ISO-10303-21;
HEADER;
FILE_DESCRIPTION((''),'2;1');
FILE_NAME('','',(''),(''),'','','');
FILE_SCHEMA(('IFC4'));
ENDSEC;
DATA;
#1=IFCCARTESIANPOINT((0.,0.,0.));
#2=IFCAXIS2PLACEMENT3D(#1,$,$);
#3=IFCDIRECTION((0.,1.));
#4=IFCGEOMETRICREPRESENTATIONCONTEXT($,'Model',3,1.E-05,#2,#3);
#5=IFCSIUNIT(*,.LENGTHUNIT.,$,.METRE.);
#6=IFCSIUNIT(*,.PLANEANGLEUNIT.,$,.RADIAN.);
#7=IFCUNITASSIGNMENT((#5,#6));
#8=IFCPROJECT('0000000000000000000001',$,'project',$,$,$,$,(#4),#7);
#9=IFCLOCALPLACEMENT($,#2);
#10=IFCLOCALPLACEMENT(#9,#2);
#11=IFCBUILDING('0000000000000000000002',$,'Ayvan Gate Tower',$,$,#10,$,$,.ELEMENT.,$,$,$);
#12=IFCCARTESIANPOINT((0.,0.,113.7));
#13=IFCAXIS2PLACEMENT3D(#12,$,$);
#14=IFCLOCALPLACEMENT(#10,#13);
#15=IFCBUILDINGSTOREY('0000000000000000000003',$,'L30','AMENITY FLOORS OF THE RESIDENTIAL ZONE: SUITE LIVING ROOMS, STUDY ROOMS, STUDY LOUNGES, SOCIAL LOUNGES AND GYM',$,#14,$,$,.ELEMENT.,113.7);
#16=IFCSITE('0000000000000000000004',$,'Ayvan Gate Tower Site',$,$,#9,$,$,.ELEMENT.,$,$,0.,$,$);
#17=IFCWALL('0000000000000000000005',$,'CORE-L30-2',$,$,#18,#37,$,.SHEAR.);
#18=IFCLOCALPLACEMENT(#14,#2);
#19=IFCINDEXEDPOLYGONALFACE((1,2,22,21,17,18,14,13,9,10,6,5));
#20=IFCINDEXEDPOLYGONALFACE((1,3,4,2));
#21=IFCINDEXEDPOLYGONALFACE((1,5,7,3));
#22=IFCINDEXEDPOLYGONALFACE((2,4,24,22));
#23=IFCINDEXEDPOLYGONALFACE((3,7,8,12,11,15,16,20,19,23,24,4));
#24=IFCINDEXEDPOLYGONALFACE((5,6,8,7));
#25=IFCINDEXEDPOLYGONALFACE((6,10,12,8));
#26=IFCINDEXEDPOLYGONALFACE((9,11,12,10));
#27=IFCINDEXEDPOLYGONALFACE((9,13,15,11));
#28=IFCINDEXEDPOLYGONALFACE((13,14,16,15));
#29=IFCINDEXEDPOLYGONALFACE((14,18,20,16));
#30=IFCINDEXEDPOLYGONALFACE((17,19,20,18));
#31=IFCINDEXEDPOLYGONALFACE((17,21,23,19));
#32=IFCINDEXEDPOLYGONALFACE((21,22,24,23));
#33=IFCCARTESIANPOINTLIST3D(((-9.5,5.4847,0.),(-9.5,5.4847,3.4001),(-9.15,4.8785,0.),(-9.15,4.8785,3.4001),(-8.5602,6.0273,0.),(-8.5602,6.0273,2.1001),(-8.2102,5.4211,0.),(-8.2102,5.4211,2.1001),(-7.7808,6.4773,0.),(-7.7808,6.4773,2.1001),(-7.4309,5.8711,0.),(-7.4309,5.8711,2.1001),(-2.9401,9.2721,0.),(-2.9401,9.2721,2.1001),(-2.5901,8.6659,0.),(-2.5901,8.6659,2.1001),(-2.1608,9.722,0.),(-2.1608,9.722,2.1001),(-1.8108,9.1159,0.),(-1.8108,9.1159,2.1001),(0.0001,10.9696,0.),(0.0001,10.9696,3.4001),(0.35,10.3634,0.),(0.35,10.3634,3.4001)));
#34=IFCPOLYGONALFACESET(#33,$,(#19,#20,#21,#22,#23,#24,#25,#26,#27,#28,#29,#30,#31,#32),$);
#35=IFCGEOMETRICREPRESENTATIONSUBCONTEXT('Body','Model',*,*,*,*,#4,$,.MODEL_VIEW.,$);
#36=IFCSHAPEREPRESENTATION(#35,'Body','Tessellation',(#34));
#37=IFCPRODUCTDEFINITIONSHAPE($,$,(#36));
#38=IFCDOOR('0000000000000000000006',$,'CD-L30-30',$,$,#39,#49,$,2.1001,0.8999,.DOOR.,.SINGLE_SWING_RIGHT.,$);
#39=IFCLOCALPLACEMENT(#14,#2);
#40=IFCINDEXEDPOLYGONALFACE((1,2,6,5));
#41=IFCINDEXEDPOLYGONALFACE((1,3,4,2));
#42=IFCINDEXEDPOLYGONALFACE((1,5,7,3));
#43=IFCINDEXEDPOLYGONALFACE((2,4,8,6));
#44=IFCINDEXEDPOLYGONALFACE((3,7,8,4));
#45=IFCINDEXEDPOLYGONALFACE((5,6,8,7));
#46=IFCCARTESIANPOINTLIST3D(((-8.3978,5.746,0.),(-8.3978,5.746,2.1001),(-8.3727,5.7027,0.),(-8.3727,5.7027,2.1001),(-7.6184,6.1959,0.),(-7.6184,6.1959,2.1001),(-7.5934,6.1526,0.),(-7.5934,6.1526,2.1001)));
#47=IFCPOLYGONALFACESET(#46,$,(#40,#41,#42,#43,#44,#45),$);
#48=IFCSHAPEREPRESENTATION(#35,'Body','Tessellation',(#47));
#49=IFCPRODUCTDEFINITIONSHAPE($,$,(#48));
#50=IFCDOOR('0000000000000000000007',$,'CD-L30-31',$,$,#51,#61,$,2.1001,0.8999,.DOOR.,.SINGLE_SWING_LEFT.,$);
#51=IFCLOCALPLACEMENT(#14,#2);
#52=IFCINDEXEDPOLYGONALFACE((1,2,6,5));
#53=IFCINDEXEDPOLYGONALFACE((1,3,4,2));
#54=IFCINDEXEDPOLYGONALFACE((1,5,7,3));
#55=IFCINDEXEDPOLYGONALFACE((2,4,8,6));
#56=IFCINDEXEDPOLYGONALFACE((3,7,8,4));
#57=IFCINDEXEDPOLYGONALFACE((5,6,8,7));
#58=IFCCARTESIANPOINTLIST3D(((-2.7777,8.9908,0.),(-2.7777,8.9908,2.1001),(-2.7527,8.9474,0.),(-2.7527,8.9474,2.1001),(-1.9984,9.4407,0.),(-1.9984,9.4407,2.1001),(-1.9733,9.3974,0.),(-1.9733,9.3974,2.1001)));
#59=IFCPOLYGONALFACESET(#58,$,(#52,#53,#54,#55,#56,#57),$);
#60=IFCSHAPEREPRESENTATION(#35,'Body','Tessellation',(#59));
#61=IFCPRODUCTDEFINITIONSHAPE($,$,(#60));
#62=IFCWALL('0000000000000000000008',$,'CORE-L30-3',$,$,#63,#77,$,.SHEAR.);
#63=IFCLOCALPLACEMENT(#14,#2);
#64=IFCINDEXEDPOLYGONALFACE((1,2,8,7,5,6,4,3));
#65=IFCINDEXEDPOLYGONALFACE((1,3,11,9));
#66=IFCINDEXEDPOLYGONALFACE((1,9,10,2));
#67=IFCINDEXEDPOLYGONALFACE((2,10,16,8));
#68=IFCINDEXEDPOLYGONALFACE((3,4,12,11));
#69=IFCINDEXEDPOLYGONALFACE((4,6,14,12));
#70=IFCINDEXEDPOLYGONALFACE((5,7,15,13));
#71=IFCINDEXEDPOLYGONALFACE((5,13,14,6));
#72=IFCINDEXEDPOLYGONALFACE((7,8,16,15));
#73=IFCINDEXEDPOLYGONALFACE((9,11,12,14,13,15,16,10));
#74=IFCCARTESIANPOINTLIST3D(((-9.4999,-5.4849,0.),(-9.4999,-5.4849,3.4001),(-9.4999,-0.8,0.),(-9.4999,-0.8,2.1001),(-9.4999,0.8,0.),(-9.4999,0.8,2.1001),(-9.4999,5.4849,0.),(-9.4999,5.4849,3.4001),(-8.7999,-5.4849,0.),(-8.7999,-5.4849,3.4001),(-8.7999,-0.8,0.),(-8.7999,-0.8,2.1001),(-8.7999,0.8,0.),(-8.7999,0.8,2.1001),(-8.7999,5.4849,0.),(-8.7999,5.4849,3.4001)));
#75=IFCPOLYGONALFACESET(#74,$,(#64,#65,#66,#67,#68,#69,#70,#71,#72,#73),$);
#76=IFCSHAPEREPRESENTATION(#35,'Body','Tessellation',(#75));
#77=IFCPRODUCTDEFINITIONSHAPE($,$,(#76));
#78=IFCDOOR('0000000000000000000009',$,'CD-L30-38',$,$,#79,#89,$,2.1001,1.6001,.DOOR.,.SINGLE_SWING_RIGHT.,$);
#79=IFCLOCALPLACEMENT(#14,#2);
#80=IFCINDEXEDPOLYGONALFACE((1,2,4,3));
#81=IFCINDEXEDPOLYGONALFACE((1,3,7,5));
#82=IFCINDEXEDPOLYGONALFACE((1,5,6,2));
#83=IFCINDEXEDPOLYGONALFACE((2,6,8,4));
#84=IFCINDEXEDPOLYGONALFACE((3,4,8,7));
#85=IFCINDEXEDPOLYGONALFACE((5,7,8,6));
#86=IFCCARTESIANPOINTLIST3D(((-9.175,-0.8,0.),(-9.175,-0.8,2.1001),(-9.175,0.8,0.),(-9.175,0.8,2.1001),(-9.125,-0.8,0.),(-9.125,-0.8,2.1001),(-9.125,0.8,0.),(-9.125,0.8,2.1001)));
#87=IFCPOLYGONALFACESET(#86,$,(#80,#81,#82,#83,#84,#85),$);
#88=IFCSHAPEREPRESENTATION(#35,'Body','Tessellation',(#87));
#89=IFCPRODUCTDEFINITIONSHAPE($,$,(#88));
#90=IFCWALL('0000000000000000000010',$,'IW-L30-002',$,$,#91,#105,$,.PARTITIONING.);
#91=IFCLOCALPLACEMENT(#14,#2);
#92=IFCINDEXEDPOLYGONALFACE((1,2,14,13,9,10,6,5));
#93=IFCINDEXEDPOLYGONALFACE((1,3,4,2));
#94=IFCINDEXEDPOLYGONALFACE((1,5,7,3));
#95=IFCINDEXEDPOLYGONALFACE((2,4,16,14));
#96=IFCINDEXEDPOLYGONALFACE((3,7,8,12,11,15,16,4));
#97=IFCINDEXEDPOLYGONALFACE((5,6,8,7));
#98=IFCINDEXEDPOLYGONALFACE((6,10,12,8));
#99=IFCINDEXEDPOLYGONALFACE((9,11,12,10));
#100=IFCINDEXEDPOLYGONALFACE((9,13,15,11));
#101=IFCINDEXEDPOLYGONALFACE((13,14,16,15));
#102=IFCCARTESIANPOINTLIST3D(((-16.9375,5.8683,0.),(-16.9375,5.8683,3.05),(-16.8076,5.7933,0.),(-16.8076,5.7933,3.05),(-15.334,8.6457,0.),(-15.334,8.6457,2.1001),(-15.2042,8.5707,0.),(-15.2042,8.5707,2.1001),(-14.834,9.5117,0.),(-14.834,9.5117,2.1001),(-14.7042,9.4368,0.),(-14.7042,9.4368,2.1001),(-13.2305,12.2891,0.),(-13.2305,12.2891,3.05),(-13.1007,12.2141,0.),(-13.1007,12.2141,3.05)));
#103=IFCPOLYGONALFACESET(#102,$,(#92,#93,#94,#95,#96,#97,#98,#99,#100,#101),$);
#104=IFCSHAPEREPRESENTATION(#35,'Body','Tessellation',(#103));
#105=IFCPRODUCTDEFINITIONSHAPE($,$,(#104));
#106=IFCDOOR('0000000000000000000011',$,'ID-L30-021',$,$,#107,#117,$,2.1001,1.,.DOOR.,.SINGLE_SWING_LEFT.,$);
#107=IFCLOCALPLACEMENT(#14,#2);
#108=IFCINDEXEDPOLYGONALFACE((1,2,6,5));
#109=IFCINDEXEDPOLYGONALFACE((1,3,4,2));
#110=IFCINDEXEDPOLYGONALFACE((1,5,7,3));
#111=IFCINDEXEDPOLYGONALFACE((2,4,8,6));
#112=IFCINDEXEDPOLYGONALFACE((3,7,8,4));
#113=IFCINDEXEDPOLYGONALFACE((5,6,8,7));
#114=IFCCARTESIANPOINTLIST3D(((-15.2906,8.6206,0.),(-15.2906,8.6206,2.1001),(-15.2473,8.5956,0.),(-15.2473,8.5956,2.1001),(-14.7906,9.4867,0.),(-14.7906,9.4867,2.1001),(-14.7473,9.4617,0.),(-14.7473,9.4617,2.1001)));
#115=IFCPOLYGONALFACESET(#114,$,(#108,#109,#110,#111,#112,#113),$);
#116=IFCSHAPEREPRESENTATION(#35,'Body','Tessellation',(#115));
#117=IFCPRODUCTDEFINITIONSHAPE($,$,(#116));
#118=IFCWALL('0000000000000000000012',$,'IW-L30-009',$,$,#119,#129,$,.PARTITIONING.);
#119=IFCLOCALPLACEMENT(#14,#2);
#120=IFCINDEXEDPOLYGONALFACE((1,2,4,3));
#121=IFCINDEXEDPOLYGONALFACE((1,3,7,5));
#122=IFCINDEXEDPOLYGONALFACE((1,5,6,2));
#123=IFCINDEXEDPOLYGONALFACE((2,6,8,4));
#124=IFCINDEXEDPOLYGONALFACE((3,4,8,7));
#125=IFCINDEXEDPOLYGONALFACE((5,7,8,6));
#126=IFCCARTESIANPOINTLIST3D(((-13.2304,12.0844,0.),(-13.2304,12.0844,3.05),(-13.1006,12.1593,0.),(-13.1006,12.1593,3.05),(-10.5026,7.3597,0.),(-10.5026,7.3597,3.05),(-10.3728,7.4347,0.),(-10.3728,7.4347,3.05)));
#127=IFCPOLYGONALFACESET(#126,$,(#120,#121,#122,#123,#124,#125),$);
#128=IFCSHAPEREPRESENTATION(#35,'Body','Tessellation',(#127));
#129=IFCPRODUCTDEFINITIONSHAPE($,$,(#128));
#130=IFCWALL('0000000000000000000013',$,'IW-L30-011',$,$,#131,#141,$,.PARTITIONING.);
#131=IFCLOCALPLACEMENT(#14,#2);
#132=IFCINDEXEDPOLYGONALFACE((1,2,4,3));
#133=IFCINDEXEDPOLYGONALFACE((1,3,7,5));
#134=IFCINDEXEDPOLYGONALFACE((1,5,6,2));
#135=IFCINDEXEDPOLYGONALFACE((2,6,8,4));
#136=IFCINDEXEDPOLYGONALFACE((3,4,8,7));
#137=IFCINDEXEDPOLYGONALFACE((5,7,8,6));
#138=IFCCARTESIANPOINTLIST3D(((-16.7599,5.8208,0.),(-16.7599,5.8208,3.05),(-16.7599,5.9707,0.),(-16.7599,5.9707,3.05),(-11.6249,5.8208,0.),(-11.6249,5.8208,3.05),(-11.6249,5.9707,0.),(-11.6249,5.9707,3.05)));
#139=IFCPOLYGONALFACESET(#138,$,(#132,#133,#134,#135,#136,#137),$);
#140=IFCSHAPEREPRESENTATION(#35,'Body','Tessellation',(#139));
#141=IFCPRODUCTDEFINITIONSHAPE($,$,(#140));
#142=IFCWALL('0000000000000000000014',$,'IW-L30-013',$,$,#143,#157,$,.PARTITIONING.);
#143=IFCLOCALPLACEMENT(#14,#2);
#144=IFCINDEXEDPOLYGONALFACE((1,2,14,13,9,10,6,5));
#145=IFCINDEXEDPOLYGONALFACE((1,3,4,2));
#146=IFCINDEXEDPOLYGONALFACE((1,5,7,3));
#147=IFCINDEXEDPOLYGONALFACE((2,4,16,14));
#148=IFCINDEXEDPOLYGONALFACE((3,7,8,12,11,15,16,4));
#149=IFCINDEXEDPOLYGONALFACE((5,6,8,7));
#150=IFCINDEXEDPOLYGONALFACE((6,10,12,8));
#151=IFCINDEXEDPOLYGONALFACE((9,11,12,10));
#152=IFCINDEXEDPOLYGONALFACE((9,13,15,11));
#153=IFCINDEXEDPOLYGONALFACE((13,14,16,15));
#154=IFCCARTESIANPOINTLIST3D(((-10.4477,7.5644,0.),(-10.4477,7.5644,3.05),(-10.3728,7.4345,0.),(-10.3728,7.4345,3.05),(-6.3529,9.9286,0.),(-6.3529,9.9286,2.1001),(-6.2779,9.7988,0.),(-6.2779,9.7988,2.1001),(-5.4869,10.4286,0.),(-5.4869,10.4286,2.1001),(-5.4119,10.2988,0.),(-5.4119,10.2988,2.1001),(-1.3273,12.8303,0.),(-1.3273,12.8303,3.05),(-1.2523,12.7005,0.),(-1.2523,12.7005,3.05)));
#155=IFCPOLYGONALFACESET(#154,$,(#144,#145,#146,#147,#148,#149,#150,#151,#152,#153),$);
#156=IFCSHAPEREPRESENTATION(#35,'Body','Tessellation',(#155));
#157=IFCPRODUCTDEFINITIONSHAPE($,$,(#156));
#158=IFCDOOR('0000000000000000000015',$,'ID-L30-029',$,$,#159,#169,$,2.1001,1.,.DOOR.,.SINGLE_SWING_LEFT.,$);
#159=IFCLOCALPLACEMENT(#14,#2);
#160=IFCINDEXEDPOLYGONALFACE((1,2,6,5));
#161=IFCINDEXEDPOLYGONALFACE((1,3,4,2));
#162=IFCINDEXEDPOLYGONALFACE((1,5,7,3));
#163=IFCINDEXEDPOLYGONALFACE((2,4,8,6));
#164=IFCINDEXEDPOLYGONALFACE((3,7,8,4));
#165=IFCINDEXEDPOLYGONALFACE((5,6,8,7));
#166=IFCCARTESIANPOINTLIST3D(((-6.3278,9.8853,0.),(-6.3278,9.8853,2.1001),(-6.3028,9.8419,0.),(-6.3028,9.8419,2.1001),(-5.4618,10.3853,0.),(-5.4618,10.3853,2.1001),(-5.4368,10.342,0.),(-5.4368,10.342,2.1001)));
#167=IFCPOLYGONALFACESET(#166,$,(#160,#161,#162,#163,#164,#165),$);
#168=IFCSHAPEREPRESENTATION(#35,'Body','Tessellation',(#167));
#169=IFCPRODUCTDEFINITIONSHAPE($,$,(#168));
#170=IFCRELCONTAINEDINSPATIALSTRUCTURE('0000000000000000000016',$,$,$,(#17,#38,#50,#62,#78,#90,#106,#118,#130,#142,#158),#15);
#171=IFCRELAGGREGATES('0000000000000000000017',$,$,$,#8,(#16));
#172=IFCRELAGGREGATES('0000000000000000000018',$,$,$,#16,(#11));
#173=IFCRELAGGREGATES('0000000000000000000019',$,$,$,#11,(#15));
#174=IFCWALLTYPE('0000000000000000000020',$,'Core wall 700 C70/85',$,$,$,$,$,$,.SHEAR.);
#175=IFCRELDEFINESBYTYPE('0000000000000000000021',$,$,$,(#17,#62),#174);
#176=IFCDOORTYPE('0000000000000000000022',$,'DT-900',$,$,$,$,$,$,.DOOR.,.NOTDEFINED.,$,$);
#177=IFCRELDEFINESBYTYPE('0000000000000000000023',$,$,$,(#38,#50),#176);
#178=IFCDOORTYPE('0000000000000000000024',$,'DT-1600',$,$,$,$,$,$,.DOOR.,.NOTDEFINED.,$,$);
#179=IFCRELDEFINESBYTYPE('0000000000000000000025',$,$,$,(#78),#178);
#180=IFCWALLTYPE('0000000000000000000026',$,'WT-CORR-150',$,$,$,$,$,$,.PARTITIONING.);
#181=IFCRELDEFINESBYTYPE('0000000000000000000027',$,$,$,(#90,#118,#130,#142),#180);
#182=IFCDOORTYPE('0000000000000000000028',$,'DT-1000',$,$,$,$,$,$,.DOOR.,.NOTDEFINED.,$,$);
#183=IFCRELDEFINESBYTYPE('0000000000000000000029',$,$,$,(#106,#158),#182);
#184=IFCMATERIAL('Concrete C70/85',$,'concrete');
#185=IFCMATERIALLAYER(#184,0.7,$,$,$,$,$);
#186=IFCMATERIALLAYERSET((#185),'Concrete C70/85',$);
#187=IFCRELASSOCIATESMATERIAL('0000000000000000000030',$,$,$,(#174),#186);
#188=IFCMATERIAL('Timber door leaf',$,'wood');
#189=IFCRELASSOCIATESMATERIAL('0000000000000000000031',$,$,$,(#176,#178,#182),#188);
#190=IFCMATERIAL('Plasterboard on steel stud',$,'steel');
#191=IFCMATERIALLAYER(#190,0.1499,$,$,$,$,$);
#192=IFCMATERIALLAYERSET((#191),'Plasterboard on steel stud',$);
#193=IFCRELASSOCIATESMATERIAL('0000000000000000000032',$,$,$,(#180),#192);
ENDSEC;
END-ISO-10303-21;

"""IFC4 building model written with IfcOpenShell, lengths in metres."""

from ifc_helpers import new_model, si_unit, direction, frame, frame_2d, origin, place, context, subcontext, project, spatial, rectangle, extrude, material, layer, layer_set, type_object, element, fill, save


model = new_model("IFC4")

# Units and contexts
model_context = context("Model", 3, precision=1e-05, world=origin(), true_north=direction((0.0, 1.0)))
body_context = subcontext(model_context, "Body", "Model", "MODEL_VIEW")
ifc_project = project(units=[si_unit("LENGTHUNIT", "METRE"), si_unit("PLANEANGLEUNIT", "RADIAN")], contexts=[model_context])

# Site, building, storey
site_placement = place(None, origin())
site = spatial("IfcSite", under=ifc_project, at=site_placement, Name="Ayvan Gate Tower Site", CompositionType="ELEMENT", RefElevation=0.0)
building_placement = place(site_placement, origin())
building = spatial("IfcBuilding", under=site, at=building_placement, Name="Ayvan Gate Tower", CompositionType="ELEMENT")
storey_placement = place(building_placement, frame((0.0, 0.0, 113.7)))
storey = spatial("IfcBuildingStorey", under=building, at=storey_placement, Name="L30", Description="AMENITY FLOORS OF THE RESIDENTIAL ZONE: SUITE LIVING ROOMS, STUDY ROOMS, STUDY LOUNGES, SOCIAL LOUNGES AND GYM", CompositionType="ELEMENT", Elevation=113.7)

# Wall, openings, doors
ifc_material_1 = material(Name="Concrete C70/85", Category="concrete")
ifc_layer_1 = layer(ifc_material_1, 0.7)
ifc_layer_set_1 = layer_set([ifc_layer_1], Name="Concrete C70/85")
wall_type_1 = type_object("IfcWallType", Name="Core wall 700 C70/85", PredefinedType="SHEAR", material=ifc_layer_set_1)
wall_1_placement = place(storey_placement, frame((0.175, 10.6665, 0.0), z_axis=(0.0, 0.0, 1.0), x_axis=(-0.866024, -0.500002, 0.0)))
wall_1 = element("IfcWall", 1, at=wall_1_placement, inside=storey, type_object=wall_type_1, Name="CORE-L30-2", PredefinedType="SHEAR", context=body_context, shape_type="SweptSolid", body=[
    extrude(rectangle(XDim=10.9697, YDim=0.7, at=frame_2d((5.4849, 0.0))), origin(), (0.0, 0.0, 1.0), 3.4001),
])
opening_1_placement = place(wall_1_placement, frame((8.9846, 0.0, 0.0)))
opening_1 = element("IfcOpeningElement", 2, at=opening_1_placement, cuts=wall_1, PredefinedType="OPENING", context=body_context, shape_type="SweptSolid", body=[
    extrude(rectangle(XDim=0.8999, YDim=2.1001, at=frame_2d((0.45, 1.05))), frame((0.0, 0.3599, 0.0), z_axis=(0.0, -1.0, 0.0), x_axis=(1.0, 0.0, 0.0)), (0.0, 0.0, 1.0), 0.72),
])
opening_2_placement = place(wall_1_placement, frame((2.4951, 0.0, 0.0)))
opening_2 = element("IfcOpeningElement", 3, at=opening_2_placement, cuts=wall_1, PredefinedType="OPENING", context=body_context, shape_type="SweptSolid", body=[
    extrude(rectangle(XDim=0.8999, YDim=2.1001, at=frame_2d((0.45, 1.05))), frame((0.0, 0.3599, 0.0), z_axis=(0.0, -1.0, 0.0), x_axis=(1.0, 0.0, 0.0)), (0.0, 0.0, 1.0), 0.72),
])
ifc_material_2 = material(Name="Timber door leaf", Category="wood")
door_type_1 = type_object("IfcDoorType", Name="DT-900", OperationType="NOTDEFINED", PredefinedType="DOOR", material=ifc_material_2)
door_1_placement = place(opening_1_placement, origin())
door_1 = element("IfcDoor", 4, at=door_1_placement, inside=storey, type_object=door_type_1, Name="CD-L30-30", OperationType="SINGLE_SWING_RIGHT", OverallHeight=2.1001, OverallWidth=0.8999, PredefinedType="DOOR", context=body_context, shape_type="SweptSolid", body=[
    extrude(rectangle(XDim=0.8999, YDim=2.1001, at=frame_2d((0.45, 1.05))), frame((0.0, 0.0249, 0.0), z_axis=(0.0, -1.0, 0.0), x_axis=(1.0, 0.0, 0.0)), (0.0, 0.0, 1.0), 0.05),
])
fill(opening_1, door_1)
door_2_placement = place(opening_2_placement, origin())
door_2 = element("IfcDoor", 5, at=door_2_placement, inside=storey, type_object=door_type_1, Name="CD-L30-31", OperationType="SINGLE_SWING_LEFT", OverallHeight=2.1001, OverallWidth=0.8999, PredefinedType="DOOR", context=body_context, shape_type="SweptSolid", body=[
    extrude(rectangle(XDim=0.8999, YDim=2.1001, at=frame_2d((0.45, 1.05))), frame((0.0, 0.0249, 0.0), z_axis=(0.0, -1.0, 0.0), x_axis=(1.0, 0.0, 0.0)), (0.0, 0.0, 1.0), 0.05),
])
fill(opening_2, door_2)

# Walls, openings, doors
wall_2_placement = place(storey_placement, frame((-9.1499, 5.4849, 0.0), z_axis=(0.0, 0.0, 1.0), x_axis=(0.0, -1.0, 0.0)))
wall_2 = element("IfcWall", 6, at=wall_2_placement, inside=storey, type_object=wall_type_1, Name="CORE-L30-3", PredefinedType="SHEAR", context=body_context, shape_type="SweptSolid", body=[
    extrude(rectangle(XDim=10.9697, YDim=0.7, at=frame_2d((5.4849, 0.0))), origin(), (0.0, 0.0, 1.0), 3.4001),
])
opening_3_placement = place(wall_2_placement, frame((4.6848, 0.0, 0.0)))
opening_3 = element("IfcOpeningElement", 7, at=opening_3_placement, cuts=wall_2, PredefinedType="OPENING", context=body_context, shape_type="SweptSolid", body=[
    extrude(rectangle(XDim=1.6001, YDim=2.1001, at=frame_2d((0.8, 1.05))), frame((0.0, 0.3599, 0.0), z_axis=(0.0, -1.0, 0.0), x_axis=(1.0, 0.0, 0.0)), (0.0, 0.0, 1.0), 0.72),
])
door_type_2 = type_object("IfcDoorType", Name="DT-1600", OperationType="NOTDEFINED", PredefinedType="DOOR", material=ifc_material_2)
door_3_placement = place(opening_3_placement, origin())
door_3 = element("IfcDoor", 8, at=door_3_placement, inside=storey, type_object=door_type_2, Name="CD-L30-38", OperationType="SINGLE_SWING_RIGHT", OverallHeight=2.1001, OverallWidth=1.6001, PredefinedType="DOOR", context=body_context, shape_type="SweptSolid", body=[
    extrude(rectangle(XDim=1.6001, YDim=2.1001, at=frame_2d((0.8, 1.05))), frame((0.0, 0.0249, 0.0), z_axis=(0.0, -1.0, 0.0), x_axis=(1.0, 0.0, 0.0)), (0.0, 0.0, 1.0), 0.05),
])
fill(opening_3, door_3)
ifc_material_3 = material(Name="Plasterboard on steel stud", Category="steel")
ifc_layer_2 = layer(ifc_material_3, 0.1499)
ifc_layer_set_2 = layer_set([ifc_layer_2], Name="Plasterboard on steel stud")
wall_type_2 = type_object("IfcWallType", Name="WT-CORR-150", PredefinedType="PARTITIONING", material=ifc_layer_set_2)
wall_3_placement = place(storey_placement, frame((-16.8726, 5.8308, 0.0), z_axis=(0.0, 0.0, 1.0), x_axis=(0.499992, 0.86603, 0.0)))
wall_3 = element("IfcWall", 9, at=wall_3_placement, inside=storey, type_object=wall_type_2, Name="IW-L30-002", PredefinedType="PARTITIONING", context=body_context, shape_type="SweptSolid", body=[
    extrude(rectangle(XDim=7.4141, YDim=0.1499, at=frame_2d((3.707, 0.0))), origin(), (0.0, 0.0, 1.0), 3.05),
])
opening_4_placement = place(wall_3_placement, frame((3.207, 0.0, 0.0)))
opening_4 = element("IfcOpeningElement", 10, at=opening_4_placement, cuts=wall_3, PredefinedType="OPENING", context=body_context, shape_type="SweptSolid", body=[
    extrude(rectangle(XDim=1.0, YDim=2.1001, at=frame_2d((0.5, 1.05))), frame((0.0, 0.085, 0.0), z_axis=(0.0, -1.0, 0.0), x_axis=(1.0, 0.0, 0.0)), (0.0, 0.0, 1.0), 0.1699),
])
door_type_3 = type_object("IfcDoorType", Name="DT-1000", OperationType="NOTDEFINED", PredefinedType="DOOR", material=ifc_material_2)
door_4_placement = place(opening_4_placement, origin())
door_4 = element("IfcDoor", 11, at=door_4_placement, inside=storey, type_object=door_type_3, Name="ID-L30-021", OperationType="SINGLE_SWING_LEFT", OverallHeight=2.1001, OverallWidth=1.0, PredefinedType="DOOR", context=body_context, shape_type="SweptSolid", body=[
    extrude(rectangle(XDim=1.0, YDim=2.1001, at=frame_2d((0.5, 1.05))), frame((0.0, 0.0249, 0.0), z_axis=(0.0, -1.0, 0.0), x_axis=(1.0, 0.0, 0.0)), (0.0, 0.0, 1.0), 0.05),
])
fill(opening_4, door_4)

# Walls
wall_4_placement = place(storey_placement, frame((-13.1655, 12.1218, 0.0), z_axis=(0.0, 0.0, 1.0), x_axis=(0.500004, -0.866023, 0.0)))
element("IfcWall", 12, at=wall_4_placement, inside=storey, type_object=wall_type_2, Name="IW-L30-009", PredefinedType="PARTITIONING", context=body_context, shape_type="SweptSolid", body=[
    extrude(rectangle(XDim=5.4556, YDim=0.1499, at=frame_2d((2.7278, 0.0))), origin(), (0.0, 0.0, 1.0), 3.05),
])
wall_5_placement = place(storey_placement, frame((-11.625, 5.8958, 0.0), z_axis=(0.0, 0.0, 1.0), x_axis=(-1.0, 0.0, 0.0)))
element("IfcWall", 13, at=wall_5_placement, inside=storey, type_object=wall_type_2, Name="IW-L30-011", PredefinedType="PARTITIONING", context=body_context, shape_type="SweptSolid", body=[
    extrude(rectangle(XDim=5.135, YDim=0.1499, at=frame_2d((2.5674, 0.0))), origin(), (0.0, 0.0, 1.0), 3.05),
])

# Wall, opening, door
wall_6_placement = place(storey_placement, frame((-10.4102, 7.4995, 0.0), z_axis=(0.0, 0.0, 1.0), x_axis=(0.866016, 0.500016, 0.0)))
wall_6 = element("IfcWall", 14, at=wall_6_placement, inside=storey, type_object=wall_type_2, Name="IW-L30-013", PredefinedType="PARTITIONING", context=body_context, shape_type="SweptSolid", body=[
    extrude(rectangle(XDim=10.5315, YDim=0.1499, at=frame_2d((5.2656, 0.0))), origin(), (0.0, 0.0, 1.0), 3.05),
])
opening_5_placement = place(wall_6_placement, frame((4.7283, 0.0, 0.0)))
opening_5 = element("IfcOpeningElement", 15, at=opening_5_placement, cuts=wall_6, PredefinedType="OPENING", context=body_context, shape_type="SweptSolid", body=[
    extrude(rectangle(XDim=1.0, YDim=2.1001, at=frame_2d((0.5, 1.05))), frame((0.0, 0.085, 0.0), z_axis=(0.0, -1.0, 0.0), x_axis=(1.0, 0.0, 0.0)), (0.0, 0.0, 1.0), 0.1699),
])
door_5_placement = place(opening_5_placement, origin())
door_5 = element("IfcDoor", 16, at=door_5_placement, inside=storey, type_object=door_type_3, Name="ID-L30-029", OperationType="SINGLE_SWING_LEFT", OverallHeight=2.1001, OverallWidth=1.0, PredefinedType="DOOR", context=body_context, shape_type="SweptSolid", body=[
    extrude(rectangle(XDim=1.0, YDim=2.1001, at=frame_2d((0.5, 1.05))), frame((0.0, 0.0249, 0.0), z_axis=(0.0, -1.0, 0.0), x_axis=(1.0, 0.0, 0.0)), (0.0, 0.0, 1.0), 0.05),
])
fill(opening_5, door_5)

save(model, "model.ifc")
